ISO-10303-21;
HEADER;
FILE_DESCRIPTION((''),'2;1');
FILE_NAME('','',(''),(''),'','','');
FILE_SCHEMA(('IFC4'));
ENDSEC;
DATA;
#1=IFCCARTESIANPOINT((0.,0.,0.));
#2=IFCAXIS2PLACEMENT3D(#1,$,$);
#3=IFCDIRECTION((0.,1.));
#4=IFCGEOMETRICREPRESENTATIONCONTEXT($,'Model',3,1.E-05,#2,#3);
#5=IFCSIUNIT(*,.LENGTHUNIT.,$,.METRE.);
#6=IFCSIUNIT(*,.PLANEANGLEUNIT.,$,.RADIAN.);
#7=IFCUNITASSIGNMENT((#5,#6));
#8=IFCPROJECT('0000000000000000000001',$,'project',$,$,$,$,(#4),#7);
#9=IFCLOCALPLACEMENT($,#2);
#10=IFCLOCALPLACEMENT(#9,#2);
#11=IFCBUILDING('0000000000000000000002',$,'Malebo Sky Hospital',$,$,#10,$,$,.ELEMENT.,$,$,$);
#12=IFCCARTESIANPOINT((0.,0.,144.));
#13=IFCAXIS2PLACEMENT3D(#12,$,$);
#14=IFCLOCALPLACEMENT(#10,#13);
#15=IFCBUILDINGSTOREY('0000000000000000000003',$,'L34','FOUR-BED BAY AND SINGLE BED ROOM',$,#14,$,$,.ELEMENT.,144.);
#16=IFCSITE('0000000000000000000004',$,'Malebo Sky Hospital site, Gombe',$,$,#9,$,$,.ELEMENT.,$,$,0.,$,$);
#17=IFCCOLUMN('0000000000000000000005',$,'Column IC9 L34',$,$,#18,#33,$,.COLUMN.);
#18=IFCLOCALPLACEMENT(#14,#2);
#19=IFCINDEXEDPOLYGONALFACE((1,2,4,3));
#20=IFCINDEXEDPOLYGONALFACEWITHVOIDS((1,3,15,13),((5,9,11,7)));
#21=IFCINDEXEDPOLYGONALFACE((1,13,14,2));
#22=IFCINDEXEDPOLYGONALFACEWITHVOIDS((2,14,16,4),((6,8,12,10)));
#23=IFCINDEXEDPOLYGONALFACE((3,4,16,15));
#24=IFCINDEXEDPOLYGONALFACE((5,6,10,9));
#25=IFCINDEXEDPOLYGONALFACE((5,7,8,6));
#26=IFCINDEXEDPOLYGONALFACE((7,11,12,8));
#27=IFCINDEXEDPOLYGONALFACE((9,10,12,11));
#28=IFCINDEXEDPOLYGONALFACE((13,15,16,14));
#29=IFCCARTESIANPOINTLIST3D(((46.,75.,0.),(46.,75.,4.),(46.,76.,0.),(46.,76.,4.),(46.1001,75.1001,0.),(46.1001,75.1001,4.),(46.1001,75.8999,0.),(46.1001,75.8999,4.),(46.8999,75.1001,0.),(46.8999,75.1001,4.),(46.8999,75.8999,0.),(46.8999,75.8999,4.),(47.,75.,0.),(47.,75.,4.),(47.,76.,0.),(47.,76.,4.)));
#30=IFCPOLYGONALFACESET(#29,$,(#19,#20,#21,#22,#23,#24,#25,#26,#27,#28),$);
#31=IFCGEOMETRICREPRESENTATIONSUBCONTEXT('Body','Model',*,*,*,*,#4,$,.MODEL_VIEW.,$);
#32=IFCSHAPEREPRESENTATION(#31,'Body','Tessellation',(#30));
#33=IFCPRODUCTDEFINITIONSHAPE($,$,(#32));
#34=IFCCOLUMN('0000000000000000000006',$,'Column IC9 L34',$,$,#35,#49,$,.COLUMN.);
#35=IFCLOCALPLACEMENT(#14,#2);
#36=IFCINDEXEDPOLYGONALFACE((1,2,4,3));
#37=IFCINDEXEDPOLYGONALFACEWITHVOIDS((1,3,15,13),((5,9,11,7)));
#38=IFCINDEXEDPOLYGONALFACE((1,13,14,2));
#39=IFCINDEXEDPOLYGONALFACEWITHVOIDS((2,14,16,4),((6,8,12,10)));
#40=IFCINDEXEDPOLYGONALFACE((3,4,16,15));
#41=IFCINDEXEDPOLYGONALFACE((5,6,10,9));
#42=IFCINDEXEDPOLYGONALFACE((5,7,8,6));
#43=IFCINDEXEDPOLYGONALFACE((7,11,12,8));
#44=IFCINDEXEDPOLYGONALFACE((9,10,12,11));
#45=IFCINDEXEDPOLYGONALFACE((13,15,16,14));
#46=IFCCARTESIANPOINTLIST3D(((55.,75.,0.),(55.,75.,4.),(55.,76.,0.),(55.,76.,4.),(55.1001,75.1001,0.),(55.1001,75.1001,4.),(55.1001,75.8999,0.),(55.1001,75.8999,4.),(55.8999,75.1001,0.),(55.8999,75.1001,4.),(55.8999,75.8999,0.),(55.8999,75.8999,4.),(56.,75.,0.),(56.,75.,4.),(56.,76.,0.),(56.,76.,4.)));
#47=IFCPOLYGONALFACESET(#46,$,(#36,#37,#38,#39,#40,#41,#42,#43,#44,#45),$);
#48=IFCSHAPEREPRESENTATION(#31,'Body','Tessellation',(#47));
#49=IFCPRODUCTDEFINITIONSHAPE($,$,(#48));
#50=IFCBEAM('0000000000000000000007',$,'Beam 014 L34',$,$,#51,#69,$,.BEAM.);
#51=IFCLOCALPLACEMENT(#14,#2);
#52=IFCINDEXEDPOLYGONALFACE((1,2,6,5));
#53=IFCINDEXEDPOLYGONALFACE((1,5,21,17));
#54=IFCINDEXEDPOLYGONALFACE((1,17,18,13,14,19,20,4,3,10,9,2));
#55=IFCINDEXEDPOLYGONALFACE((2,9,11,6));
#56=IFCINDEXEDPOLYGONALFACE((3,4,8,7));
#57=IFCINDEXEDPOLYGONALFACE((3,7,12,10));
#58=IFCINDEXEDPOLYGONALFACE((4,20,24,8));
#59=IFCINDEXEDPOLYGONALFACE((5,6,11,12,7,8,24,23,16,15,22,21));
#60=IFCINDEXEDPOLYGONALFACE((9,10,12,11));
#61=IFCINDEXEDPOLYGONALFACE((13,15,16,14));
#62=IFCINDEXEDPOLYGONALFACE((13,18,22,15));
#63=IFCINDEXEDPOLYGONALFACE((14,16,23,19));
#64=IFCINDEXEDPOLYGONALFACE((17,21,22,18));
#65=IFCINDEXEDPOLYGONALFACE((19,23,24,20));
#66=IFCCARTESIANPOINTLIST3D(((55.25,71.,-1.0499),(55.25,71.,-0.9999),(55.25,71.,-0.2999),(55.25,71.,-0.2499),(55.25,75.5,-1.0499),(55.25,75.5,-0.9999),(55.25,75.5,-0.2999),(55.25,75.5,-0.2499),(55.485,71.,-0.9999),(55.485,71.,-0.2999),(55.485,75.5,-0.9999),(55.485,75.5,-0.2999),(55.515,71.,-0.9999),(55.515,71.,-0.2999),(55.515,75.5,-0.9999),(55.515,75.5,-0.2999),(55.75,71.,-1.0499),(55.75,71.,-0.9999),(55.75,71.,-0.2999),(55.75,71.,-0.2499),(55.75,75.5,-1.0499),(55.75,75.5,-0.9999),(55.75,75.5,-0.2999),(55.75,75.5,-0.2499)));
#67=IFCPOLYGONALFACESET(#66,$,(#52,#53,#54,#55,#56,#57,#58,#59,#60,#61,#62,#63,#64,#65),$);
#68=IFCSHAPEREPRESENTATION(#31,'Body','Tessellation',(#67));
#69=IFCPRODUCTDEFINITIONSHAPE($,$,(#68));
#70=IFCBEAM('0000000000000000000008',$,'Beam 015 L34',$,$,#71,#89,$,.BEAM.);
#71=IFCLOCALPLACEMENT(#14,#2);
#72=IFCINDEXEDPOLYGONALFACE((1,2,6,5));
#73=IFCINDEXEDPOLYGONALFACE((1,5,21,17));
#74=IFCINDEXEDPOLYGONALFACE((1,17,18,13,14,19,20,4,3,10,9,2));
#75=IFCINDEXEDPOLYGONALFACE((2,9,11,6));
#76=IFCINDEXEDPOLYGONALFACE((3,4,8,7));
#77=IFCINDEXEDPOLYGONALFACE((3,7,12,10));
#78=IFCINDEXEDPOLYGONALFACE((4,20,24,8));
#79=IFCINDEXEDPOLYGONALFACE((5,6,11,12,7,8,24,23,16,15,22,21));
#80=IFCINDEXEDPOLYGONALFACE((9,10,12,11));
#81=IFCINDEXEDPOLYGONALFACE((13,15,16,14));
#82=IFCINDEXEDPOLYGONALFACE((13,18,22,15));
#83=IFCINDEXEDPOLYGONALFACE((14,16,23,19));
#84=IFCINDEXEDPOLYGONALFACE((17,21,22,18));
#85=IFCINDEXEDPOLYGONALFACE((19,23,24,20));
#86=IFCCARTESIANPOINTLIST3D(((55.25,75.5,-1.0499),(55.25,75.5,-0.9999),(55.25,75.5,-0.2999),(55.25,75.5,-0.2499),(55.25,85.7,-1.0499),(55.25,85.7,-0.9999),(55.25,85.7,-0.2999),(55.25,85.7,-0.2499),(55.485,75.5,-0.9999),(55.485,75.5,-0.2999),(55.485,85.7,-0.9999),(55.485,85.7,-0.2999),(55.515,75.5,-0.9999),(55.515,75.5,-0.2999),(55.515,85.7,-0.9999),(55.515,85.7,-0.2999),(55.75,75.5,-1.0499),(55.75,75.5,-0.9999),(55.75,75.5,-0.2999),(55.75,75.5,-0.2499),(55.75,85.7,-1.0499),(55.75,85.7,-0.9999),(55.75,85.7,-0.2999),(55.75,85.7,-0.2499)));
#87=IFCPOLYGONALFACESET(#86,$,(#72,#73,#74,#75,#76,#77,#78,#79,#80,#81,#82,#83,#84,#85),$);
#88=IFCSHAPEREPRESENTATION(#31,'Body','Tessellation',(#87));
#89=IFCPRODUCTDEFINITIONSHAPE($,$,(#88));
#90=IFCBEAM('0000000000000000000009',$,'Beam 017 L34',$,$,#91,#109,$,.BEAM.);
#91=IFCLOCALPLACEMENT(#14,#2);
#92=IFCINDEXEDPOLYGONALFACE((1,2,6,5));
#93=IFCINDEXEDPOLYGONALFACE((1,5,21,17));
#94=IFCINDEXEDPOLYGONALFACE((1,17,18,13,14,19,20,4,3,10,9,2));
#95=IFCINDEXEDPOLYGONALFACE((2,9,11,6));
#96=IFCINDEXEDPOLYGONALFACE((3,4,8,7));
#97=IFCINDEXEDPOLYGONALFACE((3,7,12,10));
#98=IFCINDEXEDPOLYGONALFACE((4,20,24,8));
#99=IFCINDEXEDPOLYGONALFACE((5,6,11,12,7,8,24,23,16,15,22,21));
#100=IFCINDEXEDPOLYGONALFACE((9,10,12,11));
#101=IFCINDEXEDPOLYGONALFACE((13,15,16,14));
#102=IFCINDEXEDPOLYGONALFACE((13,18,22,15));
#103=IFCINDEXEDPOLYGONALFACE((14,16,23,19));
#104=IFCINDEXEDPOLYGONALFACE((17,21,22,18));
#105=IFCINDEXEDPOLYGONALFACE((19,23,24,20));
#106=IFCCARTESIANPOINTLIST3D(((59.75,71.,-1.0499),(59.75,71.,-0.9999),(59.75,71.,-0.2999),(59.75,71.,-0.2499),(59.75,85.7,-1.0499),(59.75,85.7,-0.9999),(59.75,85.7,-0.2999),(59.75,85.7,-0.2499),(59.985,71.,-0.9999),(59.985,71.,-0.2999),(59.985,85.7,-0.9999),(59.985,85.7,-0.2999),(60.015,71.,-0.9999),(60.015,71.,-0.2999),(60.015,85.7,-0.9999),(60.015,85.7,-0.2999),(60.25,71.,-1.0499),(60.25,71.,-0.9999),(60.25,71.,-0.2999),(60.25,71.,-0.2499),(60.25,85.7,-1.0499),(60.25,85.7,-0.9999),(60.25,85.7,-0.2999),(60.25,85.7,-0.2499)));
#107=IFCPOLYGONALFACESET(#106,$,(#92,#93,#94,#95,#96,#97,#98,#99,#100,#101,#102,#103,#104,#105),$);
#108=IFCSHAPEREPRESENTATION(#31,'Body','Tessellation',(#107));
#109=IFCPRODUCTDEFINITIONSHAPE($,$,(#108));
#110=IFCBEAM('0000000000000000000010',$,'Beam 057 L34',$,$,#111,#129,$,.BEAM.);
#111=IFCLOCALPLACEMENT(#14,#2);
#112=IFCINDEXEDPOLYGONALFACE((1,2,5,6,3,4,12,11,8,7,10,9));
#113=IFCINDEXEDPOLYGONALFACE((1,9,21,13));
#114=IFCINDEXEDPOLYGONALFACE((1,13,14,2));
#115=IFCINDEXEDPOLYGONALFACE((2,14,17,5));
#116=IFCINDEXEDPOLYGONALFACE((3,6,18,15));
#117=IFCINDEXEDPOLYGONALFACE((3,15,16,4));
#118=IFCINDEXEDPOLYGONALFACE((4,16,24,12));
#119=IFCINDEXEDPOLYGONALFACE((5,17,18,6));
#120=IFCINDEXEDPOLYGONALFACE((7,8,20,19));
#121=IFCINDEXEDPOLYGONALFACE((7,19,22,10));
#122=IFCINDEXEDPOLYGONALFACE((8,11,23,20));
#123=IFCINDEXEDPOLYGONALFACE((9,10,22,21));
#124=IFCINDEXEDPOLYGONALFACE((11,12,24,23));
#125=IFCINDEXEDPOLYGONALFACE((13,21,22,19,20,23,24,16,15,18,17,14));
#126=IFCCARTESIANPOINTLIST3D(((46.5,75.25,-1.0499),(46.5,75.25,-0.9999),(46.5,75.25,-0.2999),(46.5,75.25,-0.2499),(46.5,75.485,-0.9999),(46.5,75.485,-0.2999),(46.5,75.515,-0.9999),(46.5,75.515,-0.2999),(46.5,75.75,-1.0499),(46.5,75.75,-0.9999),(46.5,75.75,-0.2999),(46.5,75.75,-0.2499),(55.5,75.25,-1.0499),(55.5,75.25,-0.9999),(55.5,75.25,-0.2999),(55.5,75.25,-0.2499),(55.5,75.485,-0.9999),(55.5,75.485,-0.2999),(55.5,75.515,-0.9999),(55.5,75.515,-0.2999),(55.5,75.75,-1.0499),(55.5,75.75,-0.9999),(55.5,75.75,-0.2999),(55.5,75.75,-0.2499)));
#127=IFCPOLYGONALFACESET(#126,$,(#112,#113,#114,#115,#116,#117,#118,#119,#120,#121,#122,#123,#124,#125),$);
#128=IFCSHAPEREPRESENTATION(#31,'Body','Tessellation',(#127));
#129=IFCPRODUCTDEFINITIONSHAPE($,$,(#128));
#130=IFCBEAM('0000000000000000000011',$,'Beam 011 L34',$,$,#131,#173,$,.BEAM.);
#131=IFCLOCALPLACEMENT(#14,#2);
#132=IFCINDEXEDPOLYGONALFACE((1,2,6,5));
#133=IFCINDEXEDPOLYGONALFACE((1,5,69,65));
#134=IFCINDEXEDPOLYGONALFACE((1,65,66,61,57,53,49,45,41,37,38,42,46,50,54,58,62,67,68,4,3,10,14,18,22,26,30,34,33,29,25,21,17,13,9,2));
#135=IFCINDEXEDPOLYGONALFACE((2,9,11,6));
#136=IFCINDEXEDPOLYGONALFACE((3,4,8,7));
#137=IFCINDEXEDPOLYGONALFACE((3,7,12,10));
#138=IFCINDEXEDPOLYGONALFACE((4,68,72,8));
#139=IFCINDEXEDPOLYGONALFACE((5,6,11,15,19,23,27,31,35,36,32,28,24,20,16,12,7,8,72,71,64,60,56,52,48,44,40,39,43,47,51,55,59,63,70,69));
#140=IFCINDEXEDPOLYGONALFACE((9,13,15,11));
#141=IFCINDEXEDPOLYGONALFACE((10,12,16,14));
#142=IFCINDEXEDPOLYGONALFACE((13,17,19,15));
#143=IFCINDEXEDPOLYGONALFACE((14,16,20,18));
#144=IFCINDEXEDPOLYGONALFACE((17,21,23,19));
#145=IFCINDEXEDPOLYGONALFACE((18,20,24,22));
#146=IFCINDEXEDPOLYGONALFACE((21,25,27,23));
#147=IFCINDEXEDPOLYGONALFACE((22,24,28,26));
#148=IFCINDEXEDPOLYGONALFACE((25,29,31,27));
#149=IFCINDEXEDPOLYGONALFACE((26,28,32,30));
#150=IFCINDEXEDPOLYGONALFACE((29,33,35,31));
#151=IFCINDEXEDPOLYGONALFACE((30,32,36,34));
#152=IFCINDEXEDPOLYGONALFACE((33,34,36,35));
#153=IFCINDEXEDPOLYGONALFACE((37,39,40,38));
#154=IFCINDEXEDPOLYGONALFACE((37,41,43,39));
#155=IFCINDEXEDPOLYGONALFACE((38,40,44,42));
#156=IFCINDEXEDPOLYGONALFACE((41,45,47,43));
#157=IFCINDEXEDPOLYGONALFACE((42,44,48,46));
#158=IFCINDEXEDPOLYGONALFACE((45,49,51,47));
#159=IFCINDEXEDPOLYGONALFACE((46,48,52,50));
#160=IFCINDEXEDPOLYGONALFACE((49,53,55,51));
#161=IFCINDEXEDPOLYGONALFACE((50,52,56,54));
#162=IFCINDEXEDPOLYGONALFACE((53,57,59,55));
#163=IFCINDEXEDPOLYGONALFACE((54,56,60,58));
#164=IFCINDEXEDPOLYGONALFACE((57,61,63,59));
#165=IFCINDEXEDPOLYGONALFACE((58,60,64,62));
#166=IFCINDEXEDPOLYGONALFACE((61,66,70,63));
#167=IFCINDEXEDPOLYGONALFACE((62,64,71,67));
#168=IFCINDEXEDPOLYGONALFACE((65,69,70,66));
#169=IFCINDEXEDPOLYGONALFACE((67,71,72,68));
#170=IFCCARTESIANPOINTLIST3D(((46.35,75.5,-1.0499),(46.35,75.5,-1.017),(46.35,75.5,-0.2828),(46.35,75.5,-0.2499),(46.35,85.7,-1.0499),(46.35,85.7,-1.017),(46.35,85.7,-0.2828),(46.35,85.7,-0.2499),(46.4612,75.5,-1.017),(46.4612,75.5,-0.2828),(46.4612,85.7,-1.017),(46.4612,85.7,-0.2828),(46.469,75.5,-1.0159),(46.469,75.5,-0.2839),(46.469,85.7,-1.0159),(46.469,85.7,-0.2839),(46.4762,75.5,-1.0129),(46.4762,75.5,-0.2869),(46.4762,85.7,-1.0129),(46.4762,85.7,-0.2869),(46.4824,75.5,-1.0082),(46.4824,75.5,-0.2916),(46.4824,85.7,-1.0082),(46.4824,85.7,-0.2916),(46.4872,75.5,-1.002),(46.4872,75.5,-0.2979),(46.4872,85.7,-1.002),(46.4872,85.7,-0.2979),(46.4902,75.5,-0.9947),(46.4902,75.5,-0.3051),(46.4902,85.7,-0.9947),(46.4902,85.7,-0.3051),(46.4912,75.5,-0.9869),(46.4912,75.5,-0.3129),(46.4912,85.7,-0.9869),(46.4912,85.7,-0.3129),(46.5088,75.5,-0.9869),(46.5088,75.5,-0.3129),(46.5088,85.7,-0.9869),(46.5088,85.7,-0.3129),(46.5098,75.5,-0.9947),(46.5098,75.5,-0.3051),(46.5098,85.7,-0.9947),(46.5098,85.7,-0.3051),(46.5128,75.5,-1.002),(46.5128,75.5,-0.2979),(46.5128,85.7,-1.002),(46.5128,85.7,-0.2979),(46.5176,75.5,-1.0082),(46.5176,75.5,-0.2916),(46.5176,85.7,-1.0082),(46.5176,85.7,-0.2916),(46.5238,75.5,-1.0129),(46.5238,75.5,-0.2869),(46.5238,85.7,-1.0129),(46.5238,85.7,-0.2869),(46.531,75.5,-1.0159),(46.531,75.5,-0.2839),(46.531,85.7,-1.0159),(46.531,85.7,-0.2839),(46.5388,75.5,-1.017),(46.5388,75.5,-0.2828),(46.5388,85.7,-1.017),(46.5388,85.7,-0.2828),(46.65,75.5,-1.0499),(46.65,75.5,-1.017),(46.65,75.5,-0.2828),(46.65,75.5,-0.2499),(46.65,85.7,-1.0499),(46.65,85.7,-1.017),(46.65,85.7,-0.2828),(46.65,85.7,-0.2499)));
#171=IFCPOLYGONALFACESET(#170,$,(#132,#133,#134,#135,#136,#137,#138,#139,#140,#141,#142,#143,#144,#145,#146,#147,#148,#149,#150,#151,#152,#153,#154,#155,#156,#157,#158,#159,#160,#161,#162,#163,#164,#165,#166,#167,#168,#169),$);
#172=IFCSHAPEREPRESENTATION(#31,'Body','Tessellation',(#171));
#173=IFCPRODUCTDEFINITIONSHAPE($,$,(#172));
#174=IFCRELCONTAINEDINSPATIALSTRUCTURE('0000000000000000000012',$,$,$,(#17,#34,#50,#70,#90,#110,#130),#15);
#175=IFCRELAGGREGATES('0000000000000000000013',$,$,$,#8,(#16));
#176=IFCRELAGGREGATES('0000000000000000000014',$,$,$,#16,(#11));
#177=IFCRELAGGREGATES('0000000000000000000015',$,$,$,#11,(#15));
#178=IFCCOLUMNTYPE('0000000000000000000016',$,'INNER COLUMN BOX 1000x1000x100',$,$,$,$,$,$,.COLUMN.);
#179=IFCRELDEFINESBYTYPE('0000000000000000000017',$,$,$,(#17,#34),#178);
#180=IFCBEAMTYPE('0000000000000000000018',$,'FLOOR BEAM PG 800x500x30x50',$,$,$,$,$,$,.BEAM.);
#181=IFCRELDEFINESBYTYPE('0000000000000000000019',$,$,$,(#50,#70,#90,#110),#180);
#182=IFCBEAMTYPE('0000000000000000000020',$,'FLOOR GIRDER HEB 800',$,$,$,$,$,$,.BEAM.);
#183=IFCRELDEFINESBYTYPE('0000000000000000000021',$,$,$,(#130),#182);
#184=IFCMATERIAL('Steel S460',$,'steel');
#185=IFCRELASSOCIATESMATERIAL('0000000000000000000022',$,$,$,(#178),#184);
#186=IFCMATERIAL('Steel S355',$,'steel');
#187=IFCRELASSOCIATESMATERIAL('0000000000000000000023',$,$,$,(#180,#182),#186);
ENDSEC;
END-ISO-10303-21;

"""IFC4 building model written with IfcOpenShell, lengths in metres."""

from ifc_helpers import new_model, si_unit, direction, frame, origin, origin_2d, place, context, subcontext, project, spatial, hollow_rectangle, i_section, extrude, material, material_profile, profile_set, type_object, element, save


model = new_model("IFC4")

# Units and contexts
model_context = context("Model", 3, precision=1e-05, world=origin(), true_north=direction((0.0, 1.0)))
body_context = subcontext(model_context, "Body", "Model", "MODEL_VIEW")
ifc_project = project(units=[si_unit("LENGTHUNIT", "METRE"), si_unit("PLANEANGLEUNIT", "RADIAN")], contexts=[model_context])

# Site, building, storey
site_placement = place(None, origin())
site = spatial("IfcSite", under=ifc_project, at=site_placement, Name="Malebo Sky Hospital site, Gombe", CompositionType="ELEMENT", RefElevation=0.0)
building_placement = place(site_placement, origin())
building = spatial("IfcBuilding", under=site, at=building_placement, Name="Malebo Sky Hospital", CompositionType="ELEMENT")
storey_placement = place(building_placement, frame((0.0, 0.0, 144.0)))
storey = spatial("IfcBuildingStorey", under=building, at=storey_placement, Name="L34", Description="FOUR-BED BAY AND SINGLE BED ROOM", CompositionType="ELEMENT", Elevation=144.0)

# Columns
ifc_material_1 = material(Name="Steel S460", Category="steel")
ifc_material_profile_1 = material_profile(ifc_material_1, hollow_rectangle(XDim=1.0, YDim=1.0, WallThickness=0.1001, at=origin_2d()), Name="BOX 1000x1000x100")
ifc_profile_set_1 = profile_set([ifc_material_profile_1], Name="Steel S460")
column_type = type_object("IfcColumnType", Name="INNER COLUMN BOX 1000x1000x100", PredefinedType="COLUMN", material=ifc_profile_set_1)
for number, where, z_axis, x_axis, name in (
    (1, (46.5, 75.5, 0.0), (0.0, 0.0, 1.0), (1.0, 0.0, 0.0), "Column IC9 L34"),
    (2, (55.5, 75.5, 0.0), (0.0, 0.0, 1.0), (1.0, 0.0, 0.0), "Column IC9 L34"),
):
    element("IfcColumn", number, at=place(storey_placement, frame(where, z_axis=z_axis, x_axis=x_axis)), inside=storey, type_object=column_type, Name=name, PredefinedType="COLUMN", context=body_context, shape_type="SweptSolid", body=[
        extrude(hollow_rectangle(XDim=1.0, YDim=1.0, WallThickness=0.1001, at=origin_2d()), origin(), (0.0, 0.0, 1.0), 4.0),
    ])

# Beams
ifc_material_2 = material(Name="Steel S355", Category="steel")
ifc_material_profile_2 = material_profile(ifc_material_2, i_section(OverallWidth=0.5, OverallDepth=0.8, WebThickness=0.03, FlangeThickness=0.05, at=origin_2d()), Name="PG 800x500x30x50")
ifc_profile_set_2 = profile_set([ifc_material_profile_2], Name="Steel S355")
beam_type_1 = type_object("IfcBeamType", Name="FLOOR BEAM PG 800x500x30x50", PredefinedType="BEAM", material=ifc_profile_set_2)
beam_1_placement = place(storey_placement, frame((55.5, 71.0, -0.6499), z_axis=(0.0, 1.0, 0.0), x_axis=(-1.0, 0.0, 0.0)))
element("IfcBeam", 3, at=beam_1_placement, inside=storey, type_object=beam_type_1, Name="Beam 014 L34", PredefinedType="BEAM", context=body_context, shape_type="SweptSolid", body=[
    extrude(i_section(OverallWidth=0.5, OverallDepth=0.8, WebThickness=0.03, FlangeThickness=0.05, at=origin_2d()), origin(), (0.0, 0.0, 1.0), 4.5),
])
beam_2_placement = place(storey_placement, frame((55.5, 75.5, -0.6499), z_axis=(0.0, 1.0, 0.0), x_axis=(-1.0, 0.0, 0.0)))
element("IfcBeam", 4, at=beam_2_placement, inside=storey, type_object=beam_type_1, Name="Beam 015 L34", PredefinedType="BEAM", context=body_context, shape_type="SweptSolid", body=[
    extrude(i_section(OverallWidth=0.5, OverallDepth=0.8, WebThickness=0.03, FlangeThickness=0.05, at=origin_2d()), origin(), (0.0, 0.0, 1.0), 10.2),
])
beam_3_placement = place(storey_placement, frame((60.0, 71.0, -0.6499), z_axis=(0.0, 1.0, 0.0), x_axis=(-1.0, 0.0, 0.0)))
element("IfcBeam", 5, at=beam_3_placement, inside=storey, type_object=beam_type_1, Name="Beam 017 L34", PredefinedType="BEAM", context=body_context, shape_type="SweptSolid", body=[
    extrude(i_section(OverallWidth=0.5, OverallDepth=0.8, WebThickness=0.03, FlangeThickness=0.05, at=origin_2d()), origin(), (0.0, 0.0, 1.0), 14.7),
])
beam_4_placement = place(storey_placement, frame((46.5, 75.5, -0.6499), z_axis=(1.0, 0.0, 0.0), x_axis=(0.0, 1.0, 0.0)))
element("IfcBeam", 6, at=beam_4_placement, inside=storey, type_object=beam_type_1, Name="Beam 057 L34", PredefinedType="BEAM", context=body_context, shape_type="SweptSolid", body=[
    extrude(i_section(OverallWidth=0.5, OverallDepth=0.8, WebThickness=0.03, FlangeThickness=0.05, at=origin_2d()), origin(), (0.0, 0.0, 1.0), 9.0),
])
ifc_material_profile_3 = material_profile(ifc_material_2, i_section(OverallWidth=0.3, OverallDepth=0.8, WebThickness=0.0176, FlangeThickness=0.033, FilletRadius=0.03, at=origin_2d()), Name="HEB 800")
ifc_profile_set_3 = profile_set([ifc_material_profile_3], Name="Steel S355")
beam_type_2 = type_object("IfcBeamType", Name="FLOOR GIRDER HEB 800", PredefinedType="BEAM", material=ifc_profile_set_3)
beam_5_placement = place(storey_placement, frame((46.5, 75.5, -0.6499), z_axis=(0.0, 1.0, 0.0), x_axis=(-1.0, 0.0, 0.0)))
element("IfcBeam", 7, at=beam_5_placement, inside=storey, type_object=beam_type_2, Name="Beam 011 L34", PredefinedType="BEAM", context=body_context, shape_type="SweptSolid", body=[
    extrude(i_section(OverallWidth=0.3, OverallDepth=0.8, WebThickness=0.0176, FlangeThickness=0.033, FilletRadius=0.03, at=origin_2d()), origin(), (0.0, 0.0, 1.0), 10.2),
])

save(model, "model.ifc")
